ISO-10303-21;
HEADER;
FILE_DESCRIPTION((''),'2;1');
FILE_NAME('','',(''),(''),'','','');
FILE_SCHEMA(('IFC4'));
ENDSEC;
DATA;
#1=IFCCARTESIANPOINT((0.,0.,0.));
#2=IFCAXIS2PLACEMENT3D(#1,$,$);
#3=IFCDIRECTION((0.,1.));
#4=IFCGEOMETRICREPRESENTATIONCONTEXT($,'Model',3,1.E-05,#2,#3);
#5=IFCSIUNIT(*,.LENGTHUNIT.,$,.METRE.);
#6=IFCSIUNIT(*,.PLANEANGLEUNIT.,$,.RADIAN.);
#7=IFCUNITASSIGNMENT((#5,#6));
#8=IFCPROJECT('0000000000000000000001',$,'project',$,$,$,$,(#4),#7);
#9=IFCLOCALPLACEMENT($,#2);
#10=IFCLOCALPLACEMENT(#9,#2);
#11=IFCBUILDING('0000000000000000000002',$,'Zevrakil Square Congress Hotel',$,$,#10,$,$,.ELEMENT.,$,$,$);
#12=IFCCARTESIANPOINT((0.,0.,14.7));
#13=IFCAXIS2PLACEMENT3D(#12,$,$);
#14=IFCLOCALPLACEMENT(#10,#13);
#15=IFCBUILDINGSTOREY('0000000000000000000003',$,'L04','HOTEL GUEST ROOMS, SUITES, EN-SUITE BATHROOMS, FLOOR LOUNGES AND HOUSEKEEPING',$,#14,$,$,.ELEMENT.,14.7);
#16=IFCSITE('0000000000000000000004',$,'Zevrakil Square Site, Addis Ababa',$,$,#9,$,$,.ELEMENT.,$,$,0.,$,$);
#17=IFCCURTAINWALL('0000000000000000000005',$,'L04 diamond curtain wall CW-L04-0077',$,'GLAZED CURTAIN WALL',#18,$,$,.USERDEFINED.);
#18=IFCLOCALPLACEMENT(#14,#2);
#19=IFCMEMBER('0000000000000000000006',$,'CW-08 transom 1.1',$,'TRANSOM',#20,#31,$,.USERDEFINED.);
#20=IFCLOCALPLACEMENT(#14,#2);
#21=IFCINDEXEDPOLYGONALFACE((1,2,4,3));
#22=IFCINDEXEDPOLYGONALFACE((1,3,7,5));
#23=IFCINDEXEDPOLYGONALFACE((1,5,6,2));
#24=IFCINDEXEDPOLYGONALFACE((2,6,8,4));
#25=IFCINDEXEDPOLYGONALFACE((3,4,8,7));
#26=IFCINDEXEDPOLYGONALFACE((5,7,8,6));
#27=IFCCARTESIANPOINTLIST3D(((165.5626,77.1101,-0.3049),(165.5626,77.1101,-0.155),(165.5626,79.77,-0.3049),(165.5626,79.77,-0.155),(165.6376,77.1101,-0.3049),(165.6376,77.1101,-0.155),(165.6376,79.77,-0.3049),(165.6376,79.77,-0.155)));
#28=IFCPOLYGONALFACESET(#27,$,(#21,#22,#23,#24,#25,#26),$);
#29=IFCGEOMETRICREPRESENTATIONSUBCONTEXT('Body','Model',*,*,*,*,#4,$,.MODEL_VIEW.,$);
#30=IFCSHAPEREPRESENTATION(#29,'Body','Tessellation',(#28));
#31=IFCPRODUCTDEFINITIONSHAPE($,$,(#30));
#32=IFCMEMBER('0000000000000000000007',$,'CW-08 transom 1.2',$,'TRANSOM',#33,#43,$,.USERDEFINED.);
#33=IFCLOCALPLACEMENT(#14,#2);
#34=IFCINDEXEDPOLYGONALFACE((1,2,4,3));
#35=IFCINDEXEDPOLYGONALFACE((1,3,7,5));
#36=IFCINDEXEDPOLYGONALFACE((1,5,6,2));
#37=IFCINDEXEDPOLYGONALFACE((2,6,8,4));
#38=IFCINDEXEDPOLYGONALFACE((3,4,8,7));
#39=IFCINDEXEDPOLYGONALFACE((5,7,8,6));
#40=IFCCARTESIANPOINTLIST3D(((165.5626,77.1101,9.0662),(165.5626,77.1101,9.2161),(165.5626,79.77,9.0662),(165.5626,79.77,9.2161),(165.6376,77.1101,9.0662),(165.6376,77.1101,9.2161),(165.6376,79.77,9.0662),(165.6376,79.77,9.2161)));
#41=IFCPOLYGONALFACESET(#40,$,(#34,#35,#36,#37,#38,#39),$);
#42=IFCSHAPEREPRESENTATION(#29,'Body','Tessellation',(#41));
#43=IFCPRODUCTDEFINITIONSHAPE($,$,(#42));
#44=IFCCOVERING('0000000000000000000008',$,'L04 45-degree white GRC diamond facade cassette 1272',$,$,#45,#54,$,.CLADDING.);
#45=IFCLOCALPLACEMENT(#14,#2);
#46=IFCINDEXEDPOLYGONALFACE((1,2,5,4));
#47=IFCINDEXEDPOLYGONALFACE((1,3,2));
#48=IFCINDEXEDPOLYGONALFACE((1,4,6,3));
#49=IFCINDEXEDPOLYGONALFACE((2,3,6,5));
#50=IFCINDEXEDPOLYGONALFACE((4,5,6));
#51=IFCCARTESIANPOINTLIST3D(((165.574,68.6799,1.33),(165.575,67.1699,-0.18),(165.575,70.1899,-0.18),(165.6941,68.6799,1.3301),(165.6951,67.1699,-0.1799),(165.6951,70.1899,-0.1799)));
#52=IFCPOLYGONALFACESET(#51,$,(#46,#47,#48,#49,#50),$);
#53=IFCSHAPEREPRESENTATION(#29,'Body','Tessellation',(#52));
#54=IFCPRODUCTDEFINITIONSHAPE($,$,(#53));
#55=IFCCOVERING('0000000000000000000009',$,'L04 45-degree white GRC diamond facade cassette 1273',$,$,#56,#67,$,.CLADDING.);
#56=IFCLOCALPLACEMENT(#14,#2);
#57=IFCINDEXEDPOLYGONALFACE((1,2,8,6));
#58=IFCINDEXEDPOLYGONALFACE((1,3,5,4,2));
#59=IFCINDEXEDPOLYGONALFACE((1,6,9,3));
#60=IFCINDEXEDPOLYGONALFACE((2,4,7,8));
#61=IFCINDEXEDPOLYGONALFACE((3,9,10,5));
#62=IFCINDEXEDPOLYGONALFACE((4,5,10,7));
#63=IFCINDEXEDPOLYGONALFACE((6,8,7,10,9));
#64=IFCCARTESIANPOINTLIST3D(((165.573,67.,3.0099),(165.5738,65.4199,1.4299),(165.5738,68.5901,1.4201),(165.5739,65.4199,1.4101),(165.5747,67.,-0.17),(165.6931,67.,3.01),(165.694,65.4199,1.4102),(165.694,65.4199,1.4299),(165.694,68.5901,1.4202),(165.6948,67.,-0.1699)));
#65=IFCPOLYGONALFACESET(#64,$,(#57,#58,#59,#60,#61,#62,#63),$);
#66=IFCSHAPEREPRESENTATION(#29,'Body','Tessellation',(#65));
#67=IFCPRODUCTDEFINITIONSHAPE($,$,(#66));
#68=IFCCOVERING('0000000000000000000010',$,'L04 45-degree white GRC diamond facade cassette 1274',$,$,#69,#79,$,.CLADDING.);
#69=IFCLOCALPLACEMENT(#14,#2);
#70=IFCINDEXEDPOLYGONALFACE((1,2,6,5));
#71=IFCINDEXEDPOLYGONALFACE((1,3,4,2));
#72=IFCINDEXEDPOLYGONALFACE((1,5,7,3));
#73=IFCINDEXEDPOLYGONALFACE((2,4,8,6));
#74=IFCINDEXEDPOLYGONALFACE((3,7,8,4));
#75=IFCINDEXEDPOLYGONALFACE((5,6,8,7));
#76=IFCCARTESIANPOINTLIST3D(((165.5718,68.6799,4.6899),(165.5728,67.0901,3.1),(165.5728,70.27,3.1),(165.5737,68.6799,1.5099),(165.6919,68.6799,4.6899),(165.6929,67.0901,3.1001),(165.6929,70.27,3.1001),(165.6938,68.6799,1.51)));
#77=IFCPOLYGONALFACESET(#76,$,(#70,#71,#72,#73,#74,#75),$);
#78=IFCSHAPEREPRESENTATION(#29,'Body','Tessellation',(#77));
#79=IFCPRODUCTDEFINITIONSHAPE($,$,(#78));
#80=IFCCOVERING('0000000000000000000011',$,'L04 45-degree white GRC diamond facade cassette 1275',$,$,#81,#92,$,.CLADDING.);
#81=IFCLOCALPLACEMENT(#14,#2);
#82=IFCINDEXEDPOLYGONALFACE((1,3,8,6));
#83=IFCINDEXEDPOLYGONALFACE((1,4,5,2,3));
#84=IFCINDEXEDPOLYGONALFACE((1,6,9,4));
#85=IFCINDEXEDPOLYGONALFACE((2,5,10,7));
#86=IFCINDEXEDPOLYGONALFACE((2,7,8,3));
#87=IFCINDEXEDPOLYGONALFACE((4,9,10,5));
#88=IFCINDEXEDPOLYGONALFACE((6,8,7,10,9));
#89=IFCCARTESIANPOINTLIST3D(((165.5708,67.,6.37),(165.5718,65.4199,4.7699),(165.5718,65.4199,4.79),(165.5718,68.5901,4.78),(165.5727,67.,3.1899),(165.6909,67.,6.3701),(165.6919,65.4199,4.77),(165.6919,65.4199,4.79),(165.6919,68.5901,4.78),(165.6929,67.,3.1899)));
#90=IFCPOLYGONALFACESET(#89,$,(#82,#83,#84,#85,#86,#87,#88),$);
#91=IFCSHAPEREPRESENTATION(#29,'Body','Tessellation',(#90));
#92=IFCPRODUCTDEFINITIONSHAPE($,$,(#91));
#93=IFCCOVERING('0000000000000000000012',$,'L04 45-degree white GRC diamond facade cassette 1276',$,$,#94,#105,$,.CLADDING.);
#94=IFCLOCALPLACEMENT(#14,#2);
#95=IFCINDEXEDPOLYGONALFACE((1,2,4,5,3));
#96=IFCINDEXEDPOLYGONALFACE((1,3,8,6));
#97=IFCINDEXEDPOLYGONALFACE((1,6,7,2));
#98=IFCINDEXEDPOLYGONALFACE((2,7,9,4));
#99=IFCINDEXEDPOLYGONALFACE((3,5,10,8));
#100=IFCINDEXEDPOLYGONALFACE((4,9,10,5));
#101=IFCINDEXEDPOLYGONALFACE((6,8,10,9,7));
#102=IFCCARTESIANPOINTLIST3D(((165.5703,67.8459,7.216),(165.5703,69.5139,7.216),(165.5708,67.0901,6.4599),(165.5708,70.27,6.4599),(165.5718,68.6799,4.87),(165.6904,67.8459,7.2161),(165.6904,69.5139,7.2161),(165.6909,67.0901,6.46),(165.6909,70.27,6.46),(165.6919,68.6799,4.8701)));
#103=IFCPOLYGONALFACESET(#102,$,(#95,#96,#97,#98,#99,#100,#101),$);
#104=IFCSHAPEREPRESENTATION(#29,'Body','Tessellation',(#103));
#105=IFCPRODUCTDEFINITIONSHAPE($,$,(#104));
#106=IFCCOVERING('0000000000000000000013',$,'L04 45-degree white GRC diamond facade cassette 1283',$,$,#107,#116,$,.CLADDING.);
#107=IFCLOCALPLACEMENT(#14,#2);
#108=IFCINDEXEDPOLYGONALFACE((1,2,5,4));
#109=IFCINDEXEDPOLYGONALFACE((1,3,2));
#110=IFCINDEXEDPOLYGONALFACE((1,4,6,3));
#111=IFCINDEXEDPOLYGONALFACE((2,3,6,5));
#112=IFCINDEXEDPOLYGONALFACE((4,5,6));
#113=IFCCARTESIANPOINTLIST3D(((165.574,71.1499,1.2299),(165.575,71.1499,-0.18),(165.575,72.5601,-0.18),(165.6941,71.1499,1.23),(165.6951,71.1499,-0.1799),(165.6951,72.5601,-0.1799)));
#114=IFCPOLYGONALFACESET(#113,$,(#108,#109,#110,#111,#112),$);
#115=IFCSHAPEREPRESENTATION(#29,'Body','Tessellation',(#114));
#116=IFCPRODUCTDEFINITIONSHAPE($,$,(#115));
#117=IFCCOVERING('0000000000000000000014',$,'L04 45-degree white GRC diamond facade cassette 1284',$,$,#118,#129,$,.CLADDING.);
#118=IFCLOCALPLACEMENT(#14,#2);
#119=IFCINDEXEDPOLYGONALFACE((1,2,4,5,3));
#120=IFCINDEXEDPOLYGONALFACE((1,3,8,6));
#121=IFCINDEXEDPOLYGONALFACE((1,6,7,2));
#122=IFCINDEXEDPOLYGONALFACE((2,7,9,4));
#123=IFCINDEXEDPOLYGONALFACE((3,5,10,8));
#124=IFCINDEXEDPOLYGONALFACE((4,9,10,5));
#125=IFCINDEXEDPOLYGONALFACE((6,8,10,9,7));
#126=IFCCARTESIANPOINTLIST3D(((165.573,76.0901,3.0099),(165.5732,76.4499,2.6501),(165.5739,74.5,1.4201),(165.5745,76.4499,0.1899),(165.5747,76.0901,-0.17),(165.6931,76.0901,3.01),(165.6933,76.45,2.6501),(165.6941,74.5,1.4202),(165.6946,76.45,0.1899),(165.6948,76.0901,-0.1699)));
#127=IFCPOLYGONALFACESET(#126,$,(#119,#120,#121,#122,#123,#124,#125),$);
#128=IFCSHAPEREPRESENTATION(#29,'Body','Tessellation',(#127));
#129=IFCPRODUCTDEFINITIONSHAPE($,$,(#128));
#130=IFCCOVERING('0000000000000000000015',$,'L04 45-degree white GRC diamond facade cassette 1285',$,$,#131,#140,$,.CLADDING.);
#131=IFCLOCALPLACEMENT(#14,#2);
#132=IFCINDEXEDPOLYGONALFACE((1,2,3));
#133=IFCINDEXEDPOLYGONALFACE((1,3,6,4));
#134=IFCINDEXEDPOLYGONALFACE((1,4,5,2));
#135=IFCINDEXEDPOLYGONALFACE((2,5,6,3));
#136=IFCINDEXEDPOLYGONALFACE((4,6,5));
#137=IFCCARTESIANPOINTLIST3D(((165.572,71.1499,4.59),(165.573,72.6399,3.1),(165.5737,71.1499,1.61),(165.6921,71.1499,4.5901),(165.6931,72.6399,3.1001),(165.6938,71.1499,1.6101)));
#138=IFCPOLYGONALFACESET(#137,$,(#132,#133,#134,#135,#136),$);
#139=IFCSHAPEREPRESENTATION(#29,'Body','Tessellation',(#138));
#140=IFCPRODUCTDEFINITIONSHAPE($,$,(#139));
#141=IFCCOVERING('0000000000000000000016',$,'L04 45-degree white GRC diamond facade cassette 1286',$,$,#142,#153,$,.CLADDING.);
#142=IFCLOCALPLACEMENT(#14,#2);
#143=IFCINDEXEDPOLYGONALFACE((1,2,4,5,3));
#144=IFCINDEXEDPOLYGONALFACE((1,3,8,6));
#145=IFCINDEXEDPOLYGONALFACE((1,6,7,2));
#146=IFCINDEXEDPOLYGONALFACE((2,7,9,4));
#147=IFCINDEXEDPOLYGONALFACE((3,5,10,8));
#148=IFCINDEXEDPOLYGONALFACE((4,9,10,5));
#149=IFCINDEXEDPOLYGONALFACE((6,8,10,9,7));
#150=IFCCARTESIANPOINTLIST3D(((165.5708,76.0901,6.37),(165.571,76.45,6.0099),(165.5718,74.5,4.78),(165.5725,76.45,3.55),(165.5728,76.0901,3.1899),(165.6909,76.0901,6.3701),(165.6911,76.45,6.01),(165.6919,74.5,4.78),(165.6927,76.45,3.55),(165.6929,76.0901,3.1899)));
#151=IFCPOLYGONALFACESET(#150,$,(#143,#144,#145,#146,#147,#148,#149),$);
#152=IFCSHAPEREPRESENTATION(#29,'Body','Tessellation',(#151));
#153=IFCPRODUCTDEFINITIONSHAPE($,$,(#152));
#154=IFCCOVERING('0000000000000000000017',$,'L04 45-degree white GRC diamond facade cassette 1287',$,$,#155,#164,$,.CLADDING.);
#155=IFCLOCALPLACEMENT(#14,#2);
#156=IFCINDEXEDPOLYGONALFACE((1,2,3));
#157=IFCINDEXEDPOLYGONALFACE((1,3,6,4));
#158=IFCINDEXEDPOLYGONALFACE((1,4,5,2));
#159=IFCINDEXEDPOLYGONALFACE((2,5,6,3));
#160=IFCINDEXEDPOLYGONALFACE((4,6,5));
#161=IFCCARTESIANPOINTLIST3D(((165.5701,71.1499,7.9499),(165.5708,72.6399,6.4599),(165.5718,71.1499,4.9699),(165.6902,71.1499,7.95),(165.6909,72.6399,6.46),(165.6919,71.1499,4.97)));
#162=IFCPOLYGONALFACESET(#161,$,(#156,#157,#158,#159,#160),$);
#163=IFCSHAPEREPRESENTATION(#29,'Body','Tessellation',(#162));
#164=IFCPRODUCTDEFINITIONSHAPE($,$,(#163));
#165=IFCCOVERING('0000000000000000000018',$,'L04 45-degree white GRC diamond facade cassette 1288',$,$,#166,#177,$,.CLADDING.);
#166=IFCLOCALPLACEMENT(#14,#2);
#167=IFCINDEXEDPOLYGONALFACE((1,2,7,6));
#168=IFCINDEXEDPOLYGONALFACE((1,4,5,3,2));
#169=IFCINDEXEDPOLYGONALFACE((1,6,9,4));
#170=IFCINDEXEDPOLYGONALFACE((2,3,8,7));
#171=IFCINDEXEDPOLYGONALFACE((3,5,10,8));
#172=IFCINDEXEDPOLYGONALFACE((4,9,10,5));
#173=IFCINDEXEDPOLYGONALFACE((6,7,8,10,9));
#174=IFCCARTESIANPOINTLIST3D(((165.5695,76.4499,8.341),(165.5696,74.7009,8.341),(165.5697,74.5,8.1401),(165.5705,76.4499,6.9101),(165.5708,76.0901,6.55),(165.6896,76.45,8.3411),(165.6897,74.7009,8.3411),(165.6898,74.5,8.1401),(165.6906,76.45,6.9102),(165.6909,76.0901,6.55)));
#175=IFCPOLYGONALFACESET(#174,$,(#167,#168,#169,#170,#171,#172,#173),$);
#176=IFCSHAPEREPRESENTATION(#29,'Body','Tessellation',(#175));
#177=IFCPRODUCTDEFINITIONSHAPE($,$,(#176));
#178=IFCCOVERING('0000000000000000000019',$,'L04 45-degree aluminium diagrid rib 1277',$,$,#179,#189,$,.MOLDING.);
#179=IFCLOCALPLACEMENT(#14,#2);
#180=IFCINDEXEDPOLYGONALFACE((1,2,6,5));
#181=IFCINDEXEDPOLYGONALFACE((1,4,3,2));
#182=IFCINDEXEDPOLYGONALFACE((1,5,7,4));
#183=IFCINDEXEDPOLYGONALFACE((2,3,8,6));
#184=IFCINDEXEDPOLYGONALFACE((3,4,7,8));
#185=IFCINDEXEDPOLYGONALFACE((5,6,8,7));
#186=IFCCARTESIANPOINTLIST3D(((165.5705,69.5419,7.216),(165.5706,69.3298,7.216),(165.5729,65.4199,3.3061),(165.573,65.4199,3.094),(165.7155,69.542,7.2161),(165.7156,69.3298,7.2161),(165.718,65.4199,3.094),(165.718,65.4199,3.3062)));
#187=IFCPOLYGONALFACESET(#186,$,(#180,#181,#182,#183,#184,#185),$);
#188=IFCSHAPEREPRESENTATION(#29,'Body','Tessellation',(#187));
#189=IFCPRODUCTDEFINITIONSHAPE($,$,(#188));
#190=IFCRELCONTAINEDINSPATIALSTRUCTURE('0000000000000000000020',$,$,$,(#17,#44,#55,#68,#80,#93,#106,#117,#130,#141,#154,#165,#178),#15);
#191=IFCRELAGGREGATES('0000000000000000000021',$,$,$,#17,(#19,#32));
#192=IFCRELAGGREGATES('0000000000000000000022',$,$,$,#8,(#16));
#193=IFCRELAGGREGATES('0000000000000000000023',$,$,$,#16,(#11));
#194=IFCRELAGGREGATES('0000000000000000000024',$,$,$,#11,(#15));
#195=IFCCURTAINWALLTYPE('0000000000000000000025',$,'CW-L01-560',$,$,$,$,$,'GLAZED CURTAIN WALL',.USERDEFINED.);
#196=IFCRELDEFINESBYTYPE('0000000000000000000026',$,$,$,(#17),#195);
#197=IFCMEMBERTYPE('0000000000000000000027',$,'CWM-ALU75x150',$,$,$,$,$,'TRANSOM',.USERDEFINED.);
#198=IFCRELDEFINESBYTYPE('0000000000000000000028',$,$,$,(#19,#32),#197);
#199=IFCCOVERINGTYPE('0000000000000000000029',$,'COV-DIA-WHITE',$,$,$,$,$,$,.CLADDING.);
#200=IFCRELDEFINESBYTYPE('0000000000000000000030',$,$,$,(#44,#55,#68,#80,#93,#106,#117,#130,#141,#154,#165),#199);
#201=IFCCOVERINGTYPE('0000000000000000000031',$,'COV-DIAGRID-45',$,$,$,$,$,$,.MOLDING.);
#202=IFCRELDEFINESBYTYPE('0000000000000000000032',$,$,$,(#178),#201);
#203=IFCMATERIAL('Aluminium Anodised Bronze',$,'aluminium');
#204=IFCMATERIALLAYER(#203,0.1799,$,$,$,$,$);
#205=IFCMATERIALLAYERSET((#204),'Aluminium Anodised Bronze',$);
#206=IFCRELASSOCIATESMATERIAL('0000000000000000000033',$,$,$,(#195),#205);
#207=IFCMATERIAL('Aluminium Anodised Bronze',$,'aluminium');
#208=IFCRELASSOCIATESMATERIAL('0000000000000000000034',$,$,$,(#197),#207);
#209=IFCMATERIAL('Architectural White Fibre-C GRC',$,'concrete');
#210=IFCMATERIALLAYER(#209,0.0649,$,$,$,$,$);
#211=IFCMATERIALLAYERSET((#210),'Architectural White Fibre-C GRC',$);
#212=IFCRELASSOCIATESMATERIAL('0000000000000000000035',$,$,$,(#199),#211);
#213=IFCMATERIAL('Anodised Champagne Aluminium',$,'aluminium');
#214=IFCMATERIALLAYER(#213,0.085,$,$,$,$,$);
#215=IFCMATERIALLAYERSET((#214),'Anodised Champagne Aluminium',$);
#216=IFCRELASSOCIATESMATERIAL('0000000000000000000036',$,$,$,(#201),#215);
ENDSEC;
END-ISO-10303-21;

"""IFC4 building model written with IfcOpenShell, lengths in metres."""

from ifc_helpers import new_model, si_unit, direction, frame, origin, origin_2d, place, context, subcontext, project, spatial, polyline, rectangle, outline, extrude, material, layer, layer_set, material_profile, profile_set, type_object, element, aggregate, save


model = new_model("IFC4")

# Units and contexts
model_context = context("Model", 3, precision=1e-05, world=origin(), true_north=direction((0.0, 1.0)))
body_context = subcontext(model_context, "Body", "Model", "MODEL_VIEW")
ifc_project = project(units=[si_unit("LENGTHUNIT", "METRE"), si_unit("PLANEANGLEUNIT", "RADIAN")], contexts=[model_context])

# Site, building, storey
site_placement = place(None, origin())
site = spatial("IfcSite", under=ifc_project, at=site_placement, Name="Zevrakil Square Site, Addis Ababa", CompositionType="ELEMENT", RefElevation=0.0)
building_placement = place(site_placement, origin())
building = spatial("IfcBuilding", under=site, at=building_placement, Name="Zevrakil Square Congress Hotel", CompositionType="ELEMENT")
storey_placement = place(building_placement, frame((0.0, 0.0, 14.7)))
storey = spatial("IfcBuildingStorey", under=building, at=storey_placement, Name="L04", Description="HOTEL GUEST ROOMS, SUITES, EN-SUITE BATHROOMS, FLOOR LOUNGES AND HOUSEKEEPING", CompositionType="ELEMENT", Elevation=14.7)

# Curtain wall, members
ifc_material_1 = material(Name="Aluminium Anodised Bronze", Category="aluminium")
ifc_layer_1 = layer(ifc_material_1, 0.1799)
ifc_layer_set_1 = layer_set([ifc_layer_1], Name="Aluminium Anodised Bronze")
curtain_wall_type = type_object("IfcCurtainWallType", Name="CW-L01-560", ElementType="GLAZED CURTAIN WALL", PredefinedType="USERDEFINED", material=ifc_layer_set_1)
curtain_wall_placement = place(storey_placement, origin())
curtain_wall = element("IfcCurtainWall", 1, at=curtain_wall_placement, inside=storey, type_object=curtain_wall_type, Name="L04 diamond curtain wall CW-L04-0077", ObjectType="GLAZED CURTAIN WALL", PredefinedType="USERDEFINED")
ifc_material_2 = material(Name="Aluminium Anodised Bronze", Category="aluminium")
ifc_material_profile = material_profile(ifc_material_2, rectangle(XDim=0.075, YDim=0.1499, at=origin_2d()), Name="ALU 75x150")
ifc_profile_set = profile_set([ifc_material_profile], Name="Aluminium Anodised Bronze")
member_type = type_object("IfcMemberType", Name="CWM-ALU75x150", ElementType="TRANSOM", PredefinedType="USERDEFINED", material=ifc_profile_set)
member_1_placement = place(storey_placement, frame((165.6001, 77.1101, -0.23), z_axis=(0.0, 1.0, 0.0), x_axis=(-1.0, 0.0, 0.0)))
member_1 = element("IfcMember", 2, at=member_1_placement, type_object=member_type, Name="CW-08 transom 1.1", ObjectType="TRANSOM", PredefinedType="USERDEFINED", context=body_context, shape_type="SweptSolid", body=[
    extrude(rectangle(XDim=0.075, YDim=0.1499, at=origin_2d()), origin(), (0.0, 0.0, 1.0), 2.6599),
])
member_2_placement = place(storey_placement, frame((165.6001, 77.1101, 9.1411), z_axis=(0.0, 1.0, 0.0), x_axis=(-1.0, 0.0, 0.0)))
member_2 = element("IfcMember", 3, at=member_2_placement, type_object=member_type, Name="CW-08 transom 1.2", ObjectType="TRANSOM", PredefinedType="USERDEFINED", context=body_context, shape_type="SweptSolid", body=[
    extrude(rectangle(XDim=0.075, YDim=0.1499, at=origin_2d()), origin(), (0.0, 0.0, 1.0), 2.6599),
])
aggregate(curtain_wall, [member_1, member_2])

# Coverings
ifc_material_3 = material(Name="Architectural White Fibre-C GRC", Category="concrete")
ifc_layer_2 = layer(ifc_material_3, 0.0649)
ifc_layer_set_2 = layer_set([ifc_layer_2], Name="Architectural White Fibre-C GRC")
covering_type_1 = type_object("IfcCoveringType", Name="COV-DIA-WHITE", PredefinedType="CLADDING", material=ifc_layer_set_2)
covering_1_placement = place(storey_placement, frame((165.6941, 68.6799, 1.3301), z_axis=(1.0, 0.0, 0.000647), x_axis=(0.000457, 0.707107, -0.707107)))
element("IfcCovering", 4, at=covering_1_placement, inside=storey, type_object=covering_type_1, Name="L04 45-degree white GRC diamond facade cassette 1272", PredefinedType="CLADDING", context=body_context, shape_type="SweptSolid", body=[
    extrude(outline(polyline([(0.0, 0.0), (2.1355, 0.0), (0.0, -2.1355), (0.0, 0.0)])), origin(), (0.0, 0.0, -1.0), 0.1201),
])
covering_2_placement = place(storey_placement, frame((165.6931, 67.0, 3.01), z_axis=(1.0, 0.0, 0.000536), x_axis=(0.000379, 0.707161, -0.707052)))
element("IfcCovering", 5, at=covering_2_placement, inside=storey, type_object=covering_type_1, Name="L04 45-degree white GRC diamond facade cassette 1273", PredefinedType="CLADDING", context=body_context, shape_type="SweptSolid", body=[
    extrude(outline(polyline([(0.0, 0.0), (2.2486, 0.0), (2.2484, -2.2487), (0.0138, -2.2486), (-0.0002, -2.2346), (0.0, 0.0)])), origin(), (0.0, 0.0, -1.0), 0.1201),
])
covering_3_placement = place(storey_placement, frame((165.6919, 68.6799, 4.6899), z_axis=(1.0, 0.0, 0.000614), x_axis=(0.000434, 0.707161, -0.707052)))
element("IfcCovering", 6, at=covering_3_placement, inside=storey, type_object=covering_type_1, Name="L04 45-degree white GRC diamond facade cassette 1274", PredefinedType="CLADDING", context=body_context, shape_type="SweptSolid", body=[
    extrude(outline(polyline([(0.0, 0.0), (2.2486, 0.0), (2.2484, -2.2487), (-0.0002, -2.2484), (0.0, 0.0)])), origin(), (0.0, 0.0, -1.0), 0.1201),
])
covering_4_placement = place(storey_placement, frame((165.6909, 67.0, 6.3701), z_axis=(1.0, 0.0, 0.000612), x_axis=(0.000433, 0.707107, -0.707107)))
element("IfcCovering", 7, at=covering_4_placement, inside=storey, type_object=covering_type_1, Name="L04 45-degree white GRC diamond facade cassette 1275", PredefinedType="CLADDING", context=body_context, shape_type="SweptSolid", body=[
    extrude(outline(polyline([(0.0, 0.0), (2.2487, 0.0), (2.2487, -2.2487), (0.0142, -2.2487), (0.0, -2.2346), (0.0, 0.0)])), origin(), (0.0, 0.0, -1.0), 0.1201),
])
covering_5_placement = place(storey_placement, frame((165.6909, 70.27, 6.46), z_axis=(1.0, 0.0, 0.000628), x_axis=(0.000444, -0.707161, -0.707052)))
element("IfcCovering", 8, at=covering_5_placement, inside=storey, type_object=covering_type_1, Name="L04 45-degree white GRC diamond facade cassette 1276", PredefinedType="CLADDING", context=body_context, shape_type="SweptSolid", body=[
    extrude(outline(polyline([(0.0, 0.0), (2.2486, 0.0), (2.2487, -2.2484), (1.1796, -2.2486), (0.0001, -1.0693), (0.0, 0.0)])), origin(), (0.0, 0.0, -1.0), 0.1201),
])
covering_6_placement = place(storey_placement, frame((165.6951, 72.5601, -0.1799), z_axis=(1.0, 0.0, 0.000693), x_axis=(0.0, -1.0, 0.0)))
element("IfcCovering", 9, at=covering_6_placement, inside=storey, type_object=covering_type_1, Name="L04 45-degree white GRC diamond facade cassette 1283", PredefinedType="CLADDING", context=body_context, shape_type="SweptSolid", body=[
    extrude(outline(polyline([(0.0, 0.0), (1.4102, 0.0), (1.4102, -1.4099), (0.0, 0.0)])), origin(), (0.0, 0.0, -1.0), 0.1201),
])
covering_7_placement = place(storey_placement, frame((165.6948, 76.0901, -0.1699), z_axis=(1.0, 0.000055, 0.000532), x_axis=(-0.000338, -0.707107, 0.707107)))
element("IfcCovering", 10, at=covering_7_placement, inside=storey, type_object=covering_type_1, Name="L04 45-degree white GRC diamond facade cassette 1284", PredefinedType="CLADDING", context=body_context, shape_type="SweptSolid", body=[
    extrude(outline(polyline([(0.0, 0.0), (2.2487, 0.0), (2.2486, -2.2486), (1.7396, -2.2486), (0.0, -0.5089), (0.0, 0.0)])), origin(), (0.0, 0.0, -1.0), 0.1201),
])
covering_8_placement = place(storey_placement, frame((165.6931, 72.6399, 3.1001), z_axis=(1.0, -0.000082, 0.000573), x_axis=(0.000348, -0.707107, -0.707107)))
element("IfcCovering", 11, at=covering_8_placement, inside=storey, type_object=covering_type_1, Name="L04 45-degree white GRC diamond facade cassette 1285", PredefinedType="CLADDING", context=body_context, shape_type="SweptSolid", body=[
    extrude(outline(polyline([(0.0, 0.0), (2.1072, 0.0), (0.0, -2.1072), (0.0, 0.0)])), origin(), (0.0, 0.0, -1.0), 0.1201),
])
covering_9_placement = place(storey_placement, frame((165.6929, 76.0901, 3.1899), z_axis=(1.0, 0.0, 0.000612), x_axis=(-0.000433, -0.707107, 0.707107)))
element("IfcCovering", 12, at=covering_9_placement, inside=storey, type_object=covering_type_1, Name="L04 45-degree white GRC diamond facade cassette 1286", PredefinedType="CLADDING", context=body_context, shape_type="SweptSolid", body=[
    extrude(outline(polyline([(0.0, 0.0), (2.2487, 0.0), (2.2487, -2.2487), (1.7396, -2.2486), (0.0002, -0.5091), (0.0, 0.0)])), origin(), (0.0, 0.0, -1.0), 0.1201),
])
covering_10_placement = place(storey_placement, frame((165.6909, 72.6399, 6.46), z_axis=(1.0, 0.000082, 0.000573), x_axis=(0.000463, -0.707107, -0.707107)))
element("IfcCovering", 13, at=covering_10_placement, inside=storey, type_object=covering_type_1, Name="L04 45-degree white GRC diamond facade cassette 1287", PredefinedType="CLADDING", context=body_context, shape_type="SweptSolid", body=[
    extrude(outline(polyline([(0.0, 0.0), (2.1072, 0.0), (0.0, -2.1072), (0.0, 0.0)])), origin(), (0.0, 0.0, -1.0), 0.1201),
])
covering_11_placement = place(storey_placement, frame((165.6909, 76.0901, 6.55), z_axis=(1.0, 0.000044, 0.000716), x_axis=(-0.000475, -0.707107, 0.707107)))
element("IfcCovering", 14, at=covering_11_placement, inside=storey, type_object=covering_type_1, Name="L04 45-degree white GRC diamond facade cassette 1288", PredefinedType="CLADDING", context=body_context, shape_type="SweptSolid", body=[
    extrude(outline(polyline([(0.0, 0.0), (2.2487, 0.0), (2.2487, -0.2842), (1.012, -1.5209), (0.0002, -0.5091), (0.0, 0.0)])), origin(), (0.0, 0.0, -1.0), 0.1201),
])
ifc_material_4 = material(Name="Anodised Champagne Aluminium", Category="aluminium")
ifc_layer_3 = layer(ifc_material_4, 0.085)
ifc_layer_set_3 = layer_set([ifc_layer_3], Name="Anodised Champagne Aluminium")
covering_type_2 = type_object("IfcCoveringType", Name="COV-DIAGRID-45", PredefinedType="MOLDING", material=ifc_layer_set_3)
covering_12_placement = place(storey_placement, frame((165.718, 65.4199, 3.094), z_axis=(1.0, 0.000304, 0.000304), x_axis=(-0.000304, 0.0, 1.0)))
element("IfcCovering", 15, at=covering_12_placement, inside=storey, type_object=covering_type_2, Name="L04 45-degree aluminium diagrid rib 1277", PredefinedType="MOLDING", context=body_context, shape_type="SweptSolid", body=[
    extrude(outline(polyline([(0.0, 0.0), (0.2122, 0.0), (4.1221, -3.9099), (4.1221, -4.1221), (0.0, 0.0)])), origin(), (0.0, 0.0, -1.0), 0.145),
])

save(model, "model.ifc")
